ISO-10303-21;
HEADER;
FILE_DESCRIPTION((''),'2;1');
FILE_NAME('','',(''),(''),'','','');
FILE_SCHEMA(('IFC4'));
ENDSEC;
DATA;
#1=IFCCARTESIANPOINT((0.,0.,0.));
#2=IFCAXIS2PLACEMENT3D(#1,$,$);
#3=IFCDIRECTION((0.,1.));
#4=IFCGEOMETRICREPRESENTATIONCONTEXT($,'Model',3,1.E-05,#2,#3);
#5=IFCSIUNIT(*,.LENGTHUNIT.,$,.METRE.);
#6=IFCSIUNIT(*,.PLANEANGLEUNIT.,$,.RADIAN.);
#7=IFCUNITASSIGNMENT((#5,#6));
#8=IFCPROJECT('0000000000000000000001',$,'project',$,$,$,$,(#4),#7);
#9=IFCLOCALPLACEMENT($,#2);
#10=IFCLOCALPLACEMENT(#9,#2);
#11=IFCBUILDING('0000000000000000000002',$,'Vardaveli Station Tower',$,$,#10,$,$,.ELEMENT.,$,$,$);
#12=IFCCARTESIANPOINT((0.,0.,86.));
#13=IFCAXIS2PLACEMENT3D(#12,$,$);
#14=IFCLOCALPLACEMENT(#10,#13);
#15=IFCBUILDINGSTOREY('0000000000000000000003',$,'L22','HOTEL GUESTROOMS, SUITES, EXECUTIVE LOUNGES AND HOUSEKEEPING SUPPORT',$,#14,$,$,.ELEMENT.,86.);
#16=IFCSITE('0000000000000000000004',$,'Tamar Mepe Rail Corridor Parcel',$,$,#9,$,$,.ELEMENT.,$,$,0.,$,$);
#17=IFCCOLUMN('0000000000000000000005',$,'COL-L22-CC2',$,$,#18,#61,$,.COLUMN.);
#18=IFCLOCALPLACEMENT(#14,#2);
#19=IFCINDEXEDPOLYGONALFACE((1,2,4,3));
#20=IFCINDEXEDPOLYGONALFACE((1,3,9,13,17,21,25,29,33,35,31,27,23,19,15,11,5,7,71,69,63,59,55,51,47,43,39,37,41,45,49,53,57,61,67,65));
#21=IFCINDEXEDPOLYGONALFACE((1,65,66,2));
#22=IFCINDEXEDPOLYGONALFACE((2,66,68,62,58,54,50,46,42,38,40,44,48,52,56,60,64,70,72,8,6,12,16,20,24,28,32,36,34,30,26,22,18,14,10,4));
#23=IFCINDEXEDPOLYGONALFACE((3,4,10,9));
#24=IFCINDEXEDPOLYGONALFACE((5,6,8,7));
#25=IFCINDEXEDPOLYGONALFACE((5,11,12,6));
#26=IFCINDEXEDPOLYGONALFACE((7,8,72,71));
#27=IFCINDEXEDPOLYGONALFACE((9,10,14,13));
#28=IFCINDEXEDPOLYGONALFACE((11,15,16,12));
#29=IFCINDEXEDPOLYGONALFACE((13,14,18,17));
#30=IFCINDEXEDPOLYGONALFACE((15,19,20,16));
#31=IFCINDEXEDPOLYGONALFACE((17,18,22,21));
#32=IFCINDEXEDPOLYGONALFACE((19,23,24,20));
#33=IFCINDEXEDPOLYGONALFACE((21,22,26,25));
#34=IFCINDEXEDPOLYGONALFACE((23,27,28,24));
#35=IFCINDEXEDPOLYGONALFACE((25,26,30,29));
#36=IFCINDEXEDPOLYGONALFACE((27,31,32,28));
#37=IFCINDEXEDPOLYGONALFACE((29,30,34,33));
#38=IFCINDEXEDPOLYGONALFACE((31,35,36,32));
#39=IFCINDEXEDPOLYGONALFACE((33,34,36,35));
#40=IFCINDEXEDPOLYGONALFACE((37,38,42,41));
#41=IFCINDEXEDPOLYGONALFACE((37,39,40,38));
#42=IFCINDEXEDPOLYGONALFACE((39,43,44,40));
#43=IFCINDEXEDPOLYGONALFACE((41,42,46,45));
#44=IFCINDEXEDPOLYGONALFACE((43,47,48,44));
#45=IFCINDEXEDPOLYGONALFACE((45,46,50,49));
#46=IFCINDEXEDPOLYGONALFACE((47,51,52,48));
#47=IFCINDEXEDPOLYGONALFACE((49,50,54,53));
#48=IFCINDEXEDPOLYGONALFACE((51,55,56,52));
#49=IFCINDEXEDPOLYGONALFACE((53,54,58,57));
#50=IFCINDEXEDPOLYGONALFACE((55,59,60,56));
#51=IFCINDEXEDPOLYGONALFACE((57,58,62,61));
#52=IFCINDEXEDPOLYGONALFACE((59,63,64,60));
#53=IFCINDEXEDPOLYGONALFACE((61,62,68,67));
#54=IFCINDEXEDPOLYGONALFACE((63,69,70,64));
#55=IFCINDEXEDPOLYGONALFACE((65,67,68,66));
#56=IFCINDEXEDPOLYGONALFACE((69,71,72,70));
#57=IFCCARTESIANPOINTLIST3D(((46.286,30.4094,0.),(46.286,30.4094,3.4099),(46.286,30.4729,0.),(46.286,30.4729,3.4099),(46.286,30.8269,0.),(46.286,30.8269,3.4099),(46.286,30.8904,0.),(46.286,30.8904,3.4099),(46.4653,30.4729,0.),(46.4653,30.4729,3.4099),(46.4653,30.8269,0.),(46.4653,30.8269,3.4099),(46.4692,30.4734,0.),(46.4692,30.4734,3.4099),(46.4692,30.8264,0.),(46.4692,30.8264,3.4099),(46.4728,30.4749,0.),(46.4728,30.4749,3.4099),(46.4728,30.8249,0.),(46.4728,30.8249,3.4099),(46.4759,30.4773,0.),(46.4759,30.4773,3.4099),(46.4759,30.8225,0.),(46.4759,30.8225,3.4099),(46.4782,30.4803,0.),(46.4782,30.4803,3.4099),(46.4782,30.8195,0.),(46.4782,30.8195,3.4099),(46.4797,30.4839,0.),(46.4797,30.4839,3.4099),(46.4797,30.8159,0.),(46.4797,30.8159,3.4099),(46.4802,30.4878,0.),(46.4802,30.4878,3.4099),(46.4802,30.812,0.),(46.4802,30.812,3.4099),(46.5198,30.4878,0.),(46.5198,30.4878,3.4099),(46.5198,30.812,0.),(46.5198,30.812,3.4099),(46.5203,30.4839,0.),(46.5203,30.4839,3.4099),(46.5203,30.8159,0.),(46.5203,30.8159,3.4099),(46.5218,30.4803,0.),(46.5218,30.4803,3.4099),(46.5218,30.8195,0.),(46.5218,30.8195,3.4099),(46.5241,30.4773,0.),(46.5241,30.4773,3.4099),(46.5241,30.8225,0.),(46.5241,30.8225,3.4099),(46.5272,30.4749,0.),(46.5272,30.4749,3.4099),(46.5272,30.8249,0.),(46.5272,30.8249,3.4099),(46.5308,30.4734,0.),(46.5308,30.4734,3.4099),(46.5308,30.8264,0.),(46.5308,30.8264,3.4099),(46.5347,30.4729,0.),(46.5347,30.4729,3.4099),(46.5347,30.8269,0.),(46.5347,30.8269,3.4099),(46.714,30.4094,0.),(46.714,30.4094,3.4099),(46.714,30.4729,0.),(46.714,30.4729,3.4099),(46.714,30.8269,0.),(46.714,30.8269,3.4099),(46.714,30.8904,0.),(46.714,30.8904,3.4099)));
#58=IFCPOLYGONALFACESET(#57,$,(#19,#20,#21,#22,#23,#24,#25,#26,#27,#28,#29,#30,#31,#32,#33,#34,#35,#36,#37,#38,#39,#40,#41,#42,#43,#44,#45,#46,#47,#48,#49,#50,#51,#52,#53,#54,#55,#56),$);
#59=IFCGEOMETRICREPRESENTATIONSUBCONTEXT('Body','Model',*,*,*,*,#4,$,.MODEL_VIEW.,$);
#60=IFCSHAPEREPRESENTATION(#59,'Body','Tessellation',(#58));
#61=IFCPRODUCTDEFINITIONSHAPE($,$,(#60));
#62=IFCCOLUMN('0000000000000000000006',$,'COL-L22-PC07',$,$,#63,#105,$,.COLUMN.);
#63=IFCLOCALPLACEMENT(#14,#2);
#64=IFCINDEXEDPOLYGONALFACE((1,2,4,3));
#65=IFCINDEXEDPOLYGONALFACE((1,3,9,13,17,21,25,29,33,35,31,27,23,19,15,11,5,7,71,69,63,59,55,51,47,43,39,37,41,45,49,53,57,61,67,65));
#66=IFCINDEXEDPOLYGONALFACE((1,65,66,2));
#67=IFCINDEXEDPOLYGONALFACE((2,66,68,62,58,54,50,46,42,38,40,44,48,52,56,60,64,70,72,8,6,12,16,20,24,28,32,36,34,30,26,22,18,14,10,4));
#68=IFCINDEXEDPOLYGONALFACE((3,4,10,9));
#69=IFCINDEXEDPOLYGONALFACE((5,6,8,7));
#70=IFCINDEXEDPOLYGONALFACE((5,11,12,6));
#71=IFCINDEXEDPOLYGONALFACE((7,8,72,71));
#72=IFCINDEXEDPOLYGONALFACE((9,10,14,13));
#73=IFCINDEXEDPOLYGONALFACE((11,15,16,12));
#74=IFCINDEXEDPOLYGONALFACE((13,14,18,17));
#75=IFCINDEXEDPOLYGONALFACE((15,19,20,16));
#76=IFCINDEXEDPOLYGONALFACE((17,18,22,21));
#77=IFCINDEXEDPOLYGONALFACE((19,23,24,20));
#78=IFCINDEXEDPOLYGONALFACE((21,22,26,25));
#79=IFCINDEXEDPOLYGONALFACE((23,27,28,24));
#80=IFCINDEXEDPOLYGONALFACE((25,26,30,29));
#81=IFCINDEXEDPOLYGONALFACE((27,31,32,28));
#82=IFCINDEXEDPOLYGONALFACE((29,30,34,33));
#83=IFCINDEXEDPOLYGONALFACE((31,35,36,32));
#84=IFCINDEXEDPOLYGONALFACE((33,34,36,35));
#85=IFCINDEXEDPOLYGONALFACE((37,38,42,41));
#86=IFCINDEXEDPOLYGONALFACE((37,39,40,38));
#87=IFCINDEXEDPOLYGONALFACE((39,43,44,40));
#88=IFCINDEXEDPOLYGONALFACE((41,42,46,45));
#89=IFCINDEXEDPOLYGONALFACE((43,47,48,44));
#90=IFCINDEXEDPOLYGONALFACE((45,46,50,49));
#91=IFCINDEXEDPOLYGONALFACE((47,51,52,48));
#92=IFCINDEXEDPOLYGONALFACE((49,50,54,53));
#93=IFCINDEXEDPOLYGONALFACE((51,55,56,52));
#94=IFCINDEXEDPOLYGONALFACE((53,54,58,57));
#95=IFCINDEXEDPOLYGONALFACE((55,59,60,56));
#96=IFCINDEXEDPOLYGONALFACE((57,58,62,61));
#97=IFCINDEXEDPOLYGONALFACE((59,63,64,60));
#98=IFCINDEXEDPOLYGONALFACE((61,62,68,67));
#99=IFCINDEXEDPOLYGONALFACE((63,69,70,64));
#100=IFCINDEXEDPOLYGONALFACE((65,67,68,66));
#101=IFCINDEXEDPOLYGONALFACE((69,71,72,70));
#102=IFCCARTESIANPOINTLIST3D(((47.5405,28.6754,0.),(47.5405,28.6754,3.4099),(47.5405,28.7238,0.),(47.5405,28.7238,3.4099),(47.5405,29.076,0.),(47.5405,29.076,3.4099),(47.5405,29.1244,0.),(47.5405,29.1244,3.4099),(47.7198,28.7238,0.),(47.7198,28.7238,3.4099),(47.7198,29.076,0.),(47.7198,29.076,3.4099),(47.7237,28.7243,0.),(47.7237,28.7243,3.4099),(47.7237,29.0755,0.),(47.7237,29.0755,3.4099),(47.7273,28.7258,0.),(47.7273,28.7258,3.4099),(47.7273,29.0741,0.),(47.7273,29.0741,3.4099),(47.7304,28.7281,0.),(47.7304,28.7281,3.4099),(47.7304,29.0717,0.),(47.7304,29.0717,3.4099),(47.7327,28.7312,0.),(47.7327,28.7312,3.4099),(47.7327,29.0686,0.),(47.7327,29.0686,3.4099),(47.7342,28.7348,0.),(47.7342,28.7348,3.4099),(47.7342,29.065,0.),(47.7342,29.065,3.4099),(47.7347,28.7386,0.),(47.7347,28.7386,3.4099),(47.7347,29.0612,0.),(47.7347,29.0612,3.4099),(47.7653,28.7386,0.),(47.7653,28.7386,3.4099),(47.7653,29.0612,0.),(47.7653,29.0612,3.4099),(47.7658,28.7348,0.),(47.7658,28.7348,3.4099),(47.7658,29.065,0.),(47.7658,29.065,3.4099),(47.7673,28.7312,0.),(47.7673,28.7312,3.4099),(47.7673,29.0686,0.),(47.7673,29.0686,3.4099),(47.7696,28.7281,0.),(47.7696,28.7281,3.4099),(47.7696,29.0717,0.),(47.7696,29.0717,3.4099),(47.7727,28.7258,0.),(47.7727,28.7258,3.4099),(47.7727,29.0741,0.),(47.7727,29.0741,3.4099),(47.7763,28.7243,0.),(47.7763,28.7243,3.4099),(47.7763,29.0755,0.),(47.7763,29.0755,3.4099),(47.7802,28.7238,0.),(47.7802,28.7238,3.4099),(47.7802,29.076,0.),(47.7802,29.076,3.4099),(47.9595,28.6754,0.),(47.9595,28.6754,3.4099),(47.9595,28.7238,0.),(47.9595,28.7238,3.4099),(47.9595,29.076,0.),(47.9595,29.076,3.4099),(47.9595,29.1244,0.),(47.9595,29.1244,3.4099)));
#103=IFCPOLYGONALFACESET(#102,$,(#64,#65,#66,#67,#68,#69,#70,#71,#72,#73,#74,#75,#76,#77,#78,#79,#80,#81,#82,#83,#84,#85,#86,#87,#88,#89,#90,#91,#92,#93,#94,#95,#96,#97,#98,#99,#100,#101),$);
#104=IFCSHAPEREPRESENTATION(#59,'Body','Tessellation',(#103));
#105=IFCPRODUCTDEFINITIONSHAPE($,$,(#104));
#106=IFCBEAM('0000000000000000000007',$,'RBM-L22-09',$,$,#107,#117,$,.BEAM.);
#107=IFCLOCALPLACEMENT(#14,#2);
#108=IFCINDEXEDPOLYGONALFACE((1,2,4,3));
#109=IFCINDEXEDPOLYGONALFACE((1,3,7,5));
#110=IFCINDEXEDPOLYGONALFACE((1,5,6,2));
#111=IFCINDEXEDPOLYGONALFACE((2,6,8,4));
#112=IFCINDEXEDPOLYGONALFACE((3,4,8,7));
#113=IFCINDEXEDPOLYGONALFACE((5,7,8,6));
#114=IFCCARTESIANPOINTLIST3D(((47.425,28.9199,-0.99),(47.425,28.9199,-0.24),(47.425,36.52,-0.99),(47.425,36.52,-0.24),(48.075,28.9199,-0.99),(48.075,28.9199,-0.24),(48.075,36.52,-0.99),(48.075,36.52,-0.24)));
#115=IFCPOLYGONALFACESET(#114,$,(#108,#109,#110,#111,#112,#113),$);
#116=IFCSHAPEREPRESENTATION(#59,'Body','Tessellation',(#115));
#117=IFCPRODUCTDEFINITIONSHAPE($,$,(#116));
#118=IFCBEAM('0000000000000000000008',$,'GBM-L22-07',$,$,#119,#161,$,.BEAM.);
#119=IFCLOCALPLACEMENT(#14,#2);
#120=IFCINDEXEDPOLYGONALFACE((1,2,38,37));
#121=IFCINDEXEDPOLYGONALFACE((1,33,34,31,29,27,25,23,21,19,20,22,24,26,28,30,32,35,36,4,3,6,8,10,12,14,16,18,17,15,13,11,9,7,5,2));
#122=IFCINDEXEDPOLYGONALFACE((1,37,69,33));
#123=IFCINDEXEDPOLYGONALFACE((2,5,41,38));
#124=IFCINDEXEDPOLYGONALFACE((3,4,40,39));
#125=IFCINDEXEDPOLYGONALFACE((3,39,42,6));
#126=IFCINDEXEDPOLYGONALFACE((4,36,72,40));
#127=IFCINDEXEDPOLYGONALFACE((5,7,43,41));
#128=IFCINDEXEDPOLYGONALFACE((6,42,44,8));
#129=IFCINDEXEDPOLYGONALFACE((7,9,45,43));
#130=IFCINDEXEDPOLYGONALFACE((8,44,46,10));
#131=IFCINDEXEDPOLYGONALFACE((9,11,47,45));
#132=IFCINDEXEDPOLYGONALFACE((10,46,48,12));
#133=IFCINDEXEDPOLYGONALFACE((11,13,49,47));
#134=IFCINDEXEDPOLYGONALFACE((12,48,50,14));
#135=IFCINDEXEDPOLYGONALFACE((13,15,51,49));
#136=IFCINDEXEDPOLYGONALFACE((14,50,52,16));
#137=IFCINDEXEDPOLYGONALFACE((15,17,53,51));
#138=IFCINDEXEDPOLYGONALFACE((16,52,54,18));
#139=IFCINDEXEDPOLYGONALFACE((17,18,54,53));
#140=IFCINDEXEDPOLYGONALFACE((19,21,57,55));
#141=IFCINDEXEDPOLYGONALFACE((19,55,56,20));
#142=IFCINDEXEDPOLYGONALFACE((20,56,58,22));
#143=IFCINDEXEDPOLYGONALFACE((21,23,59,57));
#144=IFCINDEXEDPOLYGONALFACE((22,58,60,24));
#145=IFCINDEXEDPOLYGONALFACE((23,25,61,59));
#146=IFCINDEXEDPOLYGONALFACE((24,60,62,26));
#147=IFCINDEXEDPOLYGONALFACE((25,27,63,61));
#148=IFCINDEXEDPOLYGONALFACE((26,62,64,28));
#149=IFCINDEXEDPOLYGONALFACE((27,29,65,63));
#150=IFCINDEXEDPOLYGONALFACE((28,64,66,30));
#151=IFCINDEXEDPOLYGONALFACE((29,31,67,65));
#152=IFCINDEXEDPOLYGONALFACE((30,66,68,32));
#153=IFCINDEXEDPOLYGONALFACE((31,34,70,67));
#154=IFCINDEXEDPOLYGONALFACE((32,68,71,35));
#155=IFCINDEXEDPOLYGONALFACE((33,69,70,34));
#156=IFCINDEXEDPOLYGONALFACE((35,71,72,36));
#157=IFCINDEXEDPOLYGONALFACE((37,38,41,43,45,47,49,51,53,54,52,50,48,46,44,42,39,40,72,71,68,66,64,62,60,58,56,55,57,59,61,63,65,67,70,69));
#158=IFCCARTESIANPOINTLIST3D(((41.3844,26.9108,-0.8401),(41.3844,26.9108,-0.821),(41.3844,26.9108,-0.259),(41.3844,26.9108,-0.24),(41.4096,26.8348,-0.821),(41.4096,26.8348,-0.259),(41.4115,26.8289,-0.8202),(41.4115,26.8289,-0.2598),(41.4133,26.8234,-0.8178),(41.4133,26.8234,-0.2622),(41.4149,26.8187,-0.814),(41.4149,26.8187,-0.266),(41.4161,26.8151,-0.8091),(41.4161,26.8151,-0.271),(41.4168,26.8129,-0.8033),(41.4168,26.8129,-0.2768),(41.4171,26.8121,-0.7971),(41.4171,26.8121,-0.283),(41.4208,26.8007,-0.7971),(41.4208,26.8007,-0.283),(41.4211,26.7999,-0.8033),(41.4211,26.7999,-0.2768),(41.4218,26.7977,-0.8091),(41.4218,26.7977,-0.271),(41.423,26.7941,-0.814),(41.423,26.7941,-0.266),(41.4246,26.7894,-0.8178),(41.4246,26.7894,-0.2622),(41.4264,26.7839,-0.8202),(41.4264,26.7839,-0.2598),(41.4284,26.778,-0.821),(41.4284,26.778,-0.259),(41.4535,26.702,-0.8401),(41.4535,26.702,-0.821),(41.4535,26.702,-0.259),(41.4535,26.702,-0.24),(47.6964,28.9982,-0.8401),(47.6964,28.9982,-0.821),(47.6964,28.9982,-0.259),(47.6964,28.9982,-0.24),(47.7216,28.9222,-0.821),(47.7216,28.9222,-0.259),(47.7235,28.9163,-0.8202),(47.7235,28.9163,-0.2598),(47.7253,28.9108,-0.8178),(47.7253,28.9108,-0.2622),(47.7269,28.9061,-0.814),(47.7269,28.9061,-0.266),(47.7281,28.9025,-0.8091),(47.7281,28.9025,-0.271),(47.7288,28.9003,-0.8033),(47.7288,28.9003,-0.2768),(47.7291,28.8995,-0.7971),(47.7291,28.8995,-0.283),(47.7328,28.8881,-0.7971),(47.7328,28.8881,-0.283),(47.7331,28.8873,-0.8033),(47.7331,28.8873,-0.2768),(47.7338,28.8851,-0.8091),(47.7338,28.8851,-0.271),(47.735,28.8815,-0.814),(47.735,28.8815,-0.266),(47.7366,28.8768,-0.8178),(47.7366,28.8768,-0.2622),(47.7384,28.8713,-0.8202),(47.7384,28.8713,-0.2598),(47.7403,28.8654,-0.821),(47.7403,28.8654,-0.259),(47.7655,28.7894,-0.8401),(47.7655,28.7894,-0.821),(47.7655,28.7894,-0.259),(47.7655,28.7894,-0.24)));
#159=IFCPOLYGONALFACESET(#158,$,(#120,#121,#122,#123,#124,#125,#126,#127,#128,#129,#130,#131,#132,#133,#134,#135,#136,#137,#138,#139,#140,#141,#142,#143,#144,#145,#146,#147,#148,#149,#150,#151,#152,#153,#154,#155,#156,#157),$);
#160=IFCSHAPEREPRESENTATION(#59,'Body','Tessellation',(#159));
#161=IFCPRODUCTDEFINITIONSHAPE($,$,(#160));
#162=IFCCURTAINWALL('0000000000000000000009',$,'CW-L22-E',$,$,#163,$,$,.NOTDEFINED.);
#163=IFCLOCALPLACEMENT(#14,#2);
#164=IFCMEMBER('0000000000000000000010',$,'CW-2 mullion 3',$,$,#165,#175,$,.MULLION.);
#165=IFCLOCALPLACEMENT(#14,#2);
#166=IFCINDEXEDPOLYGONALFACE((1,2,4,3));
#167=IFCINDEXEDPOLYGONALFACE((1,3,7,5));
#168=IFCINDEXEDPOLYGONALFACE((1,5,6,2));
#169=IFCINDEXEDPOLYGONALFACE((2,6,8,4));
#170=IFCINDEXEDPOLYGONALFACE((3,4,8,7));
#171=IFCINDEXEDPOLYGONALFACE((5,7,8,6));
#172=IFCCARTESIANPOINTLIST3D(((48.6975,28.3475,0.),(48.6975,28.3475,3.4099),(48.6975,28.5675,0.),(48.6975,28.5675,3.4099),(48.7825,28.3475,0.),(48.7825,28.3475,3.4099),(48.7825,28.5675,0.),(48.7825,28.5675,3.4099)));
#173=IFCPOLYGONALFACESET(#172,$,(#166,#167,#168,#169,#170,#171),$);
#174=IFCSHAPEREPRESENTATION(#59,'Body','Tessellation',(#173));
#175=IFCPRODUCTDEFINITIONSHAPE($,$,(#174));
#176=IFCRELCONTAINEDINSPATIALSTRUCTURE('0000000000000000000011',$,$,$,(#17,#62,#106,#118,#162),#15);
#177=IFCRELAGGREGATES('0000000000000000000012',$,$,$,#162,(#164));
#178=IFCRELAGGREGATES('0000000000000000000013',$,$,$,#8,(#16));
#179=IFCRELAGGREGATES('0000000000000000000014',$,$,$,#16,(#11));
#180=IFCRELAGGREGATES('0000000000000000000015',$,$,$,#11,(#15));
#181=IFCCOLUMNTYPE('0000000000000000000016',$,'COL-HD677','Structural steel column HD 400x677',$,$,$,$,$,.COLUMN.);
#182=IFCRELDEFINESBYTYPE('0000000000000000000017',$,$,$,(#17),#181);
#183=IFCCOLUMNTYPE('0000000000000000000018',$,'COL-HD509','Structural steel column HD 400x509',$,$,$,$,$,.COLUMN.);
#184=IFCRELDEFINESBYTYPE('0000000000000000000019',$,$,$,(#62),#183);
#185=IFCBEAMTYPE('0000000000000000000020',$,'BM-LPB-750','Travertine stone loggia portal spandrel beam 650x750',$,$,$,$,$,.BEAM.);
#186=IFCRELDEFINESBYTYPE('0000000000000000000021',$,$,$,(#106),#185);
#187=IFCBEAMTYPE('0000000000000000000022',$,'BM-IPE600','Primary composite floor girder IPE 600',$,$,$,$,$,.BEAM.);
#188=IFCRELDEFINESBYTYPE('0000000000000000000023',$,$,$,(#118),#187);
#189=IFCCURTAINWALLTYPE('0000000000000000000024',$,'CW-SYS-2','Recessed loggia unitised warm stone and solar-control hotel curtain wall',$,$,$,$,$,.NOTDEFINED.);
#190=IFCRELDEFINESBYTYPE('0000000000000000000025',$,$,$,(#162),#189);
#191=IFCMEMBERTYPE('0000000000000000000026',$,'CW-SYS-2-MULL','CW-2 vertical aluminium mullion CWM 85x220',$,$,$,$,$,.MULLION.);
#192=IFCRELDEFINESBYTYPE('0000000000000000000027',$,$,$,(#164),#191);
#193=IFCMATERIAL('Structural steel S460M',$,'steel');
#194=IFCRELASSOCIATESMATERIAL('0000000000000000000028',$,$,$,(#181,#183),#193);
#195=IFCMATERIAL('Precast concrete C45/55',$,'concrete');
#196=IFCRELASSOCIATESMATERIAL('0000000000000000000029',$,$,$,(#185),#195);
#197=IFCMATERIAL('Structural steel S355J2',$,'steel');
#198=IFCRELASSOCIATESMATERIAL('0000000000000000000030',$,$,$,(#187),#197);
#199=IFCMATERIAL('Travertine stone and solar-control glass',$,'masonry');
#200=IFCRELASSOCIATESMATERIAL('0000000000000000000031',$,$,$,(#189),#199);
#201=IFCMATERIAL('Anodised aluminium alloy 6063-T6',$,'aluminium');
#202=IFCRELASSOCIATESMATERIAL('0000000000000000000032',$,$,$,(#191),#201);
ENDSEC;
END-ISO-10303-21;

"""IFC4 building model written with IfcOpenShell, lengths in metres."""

from ifc_helpers import new_model, si_unit, direction, frame, origin, origin_2d, place, context, subcontext, project, spatial, rectangle, i_section, extrude, source, transform, mapped, material, material_profile, profile_set, type_object, element, aggregate, save


model = new_model("IFC4")

# Units and contexts
model_context = context("Model", 3, precision=1e-05, world=origin(), true_north=direction((0.0, 1.0)))
body_context = subcontext(model_context, "Body", "Model", "MODEL_VIEW")
ifc_project = project(units=[si_unit("LENGTHUNIT", "METRE"), si_unit("PLANEANGLEUNIT", "RADIAN")], contexts=[model_context])

# Site, building, storey
site_placement = place(None, origin())
site = spatial("IfcSite", under=ifc_project, at=site_placement, Name="Tamar Mepe Rail Corridor Parcel", CompositionType="ELEMENT", RefElevation=0.0)
building_placement = place(site_placement, origin())
building = spatial("IfcBuilding", under=site, at=building_placement, Name="Vardaveli Station Tower", CompositionType="ELEMENT")
storey_placement = place(building_placement, frame((0.0, 0.0, 86.0)))
storey = spatial("IfcBuildingStorey", under=building, at=storey_placement, Name="L22", Description="HOTEL GUESTROOMS, SUITES, EXECUTIVE LOUNGES AND HOUSEKEEPING SUPPORT", CompositionType="ELEMENT", Elevation=86.0)

# Columns
ifc_material_1 = material(Name="Structural steel S460M", Category="steel")
ifc_material_profile_1 = material_profile(ifc_material_1, i_section(OverallWidth=0.428, OverallDepth=0.481, WebThickness=0.0396, FlangeThickness=0.0635, FilletRadius=0.0149, at=origin_2d()), Name="HD 400x677")
ifc_profile_set_1 = profile_set([ifc_material_profile_1], Name="Structural steel S460M")
column_type_1 = type_object("IfcColumnType", Name="COL-HD677", Description="Structural steel column HD 400x677", PredefinedType="COLUMN", material=ifc_profile_set_1)
shared_shape_1 = source(origin(), body_context, "Body", "SweptSolid", [
    extrude(i_section(OverallWidth=0.428, OverallDepth=0.481, WebThickness=0.0396, FlangeThickness=0.0635, FilletRadius=0.0149, at=origin_2d()), origin(), (0.0, 0.0, 1.0), 3.4099),
])
column_1_placement = place(storey_placement, frame((46.5, 30.6499, 0.0), z_axis=(0.0, 0.0, 1.0), x_axis=(1.0, 0.0, 0.0)))
element("IfcColumn", 1, at=column_1_placement, inside=storey, type_object=column_type_1, Name="COL-L22-CC2", PredefinedType="COLUMN", context=body_context, shape_type="MappedRepresentation", body=[
    mapped(shared_shape_1, transform((0.0, 0.0, 0.0), scale=1.0)),
])
ifc_material_profile_2 = material_profile(ifc_material_1, i_section(OverallWidth=0.4189, OverallDepth=0.449, WebThickness=0.0305, FlangeThickness=0.0483, FilletRadius=0.0149, at=origin_2d()), Name="HD 400x509")
ifc_profile_set_2 = profile_set([ifc_material_profile_2], Name="Structural steel S460M")
column_type_2 = type_object("IfcColumnType", Name="COL-HD509", Description="Structural steel column HD 400x509", PredefinedType="COLUMN", material=ifc_profile_set_2)
shared_shape_2 = source(origin(), body_context, "Body", "SweptSolid", [
    extrude(i_section(OverallWidth=0.4189, OverallDepth=0.449, WebThickness=0.0305, FlangeThickness=0.0483, FilletRadius=0.0149, at=origin_2d()), origin(), (0.0, 0.0, 1.0), 3.4099),
])
column_2_placement = place(storey_placement, frame((47.75, 28.8999, 0.0), z_axis=(0.0, 0.0, 1.0), x_axis=(1.0, 0.0, 0.0)))
element("IfcColumn", 2, at=column_2_placement, inside=storey, type_object=column_type_2, Name="COL-L22-PC07", PredefinedType="COLUMN", context=body_context, shape_type="MappedRepresentation", body=[
    mapped(shared_shape_2, transform((0.0, 0.0, 0.0), scale=1.0)),
])

# Beams
ifc_material_2 = material(Name="Precast concrete C45/55", Category="concrete")
ifc_material_profile_3 = material_profile(ifc_material_2, rectangle(XDim=0.6499, YDim=0.75, at=origin_2d()), Name="LPB 650x750")
ifc_profile_set_3 = profile_set([ifc_material_profile_3], Name="Precast concrete C45/55")
beam_type_1 = type_object("IfcBeamType", Name="BM-LPB-750", Description="Travertine stone loggia portal spandrel beam 650x750", PredefinedType="BEAM", material=ifc_profile_set_3)
shared_shape_3 = source(origin(), body_context, "Body", "SweptSolid", [
    extrude(rectangle(XDim=0.6499, YDim=0.75, at=origin_2d()), origin(), (0.0, 0.0, 1.0), 7.6001),
])
beam_1_placement = place(storey_placement, frame((47.75, 28.9199, -0.615), z_axis=(0.0, 1.0, 0.0), x_axis=(-1.0, 0.0, 0.0)))
element("IfcBeam", 3, at=beam_1_placement, inside=storey, type_object=beam_type_1, Name="RBM-L22-09", PredefinedType="BEAM", context=body_context, shape_type="MappedRepresentation", body=[
    mapped(shared_shape_3, transform((0.0, 0.0, 0.0), scale=1.0)),
])
ifc_material_3 = material(Name="Structural steel S355J2", Category="steel")
ifc_material_profile_4 = material_profile(ifc_material_3, i_section(OverallWidth=0.22, OverallDepth=0.6001, WebThickness=0.012, FlangeThickness=0.019, FilletRadius=0.0239, at=origin_2d()), Name="IPE 600")
ifc_profile_set_4 = profile_set([ifc_material_profile_4], Name="Structural steel S355J2")
beam_type_2 = type_object("IfcBeamType", Name="BM-IPE600", Description="Primary composite floor girder IPE 600", PredefinedType="BEAM", material=ifc_profile_set_4)
shared_shape_4 = source(origin(), body_context, "Body", "SweptSolid", [
    extrude(i_section(OverallWidth=0.22, OverallDepth=0.6001, WebThickness=0.012, FlangeThickness=0.019, FilletRadius=0.0239, at=origin_2d()), origin(), (0.0, 0.0, 1.0), 6.6482),
])
beam_2_placement = place(storey_placement, frame((47.731, 28.8938, -0.54), z_axis=(-0.94943, -0.313979, 0.0), x_axis=(0.313979, -0.94943, 0.0)))
element("IfcBeam", 4, at=beam_2_placement, inside=storey, type_object=beam_type_2, Name="GBM-L22-07", PredefinedType="BEAM", context=body_context, shape_type="MappedRepresentation", body=[
    mapped(shared_shape_4, transform((0.0, 0.0, 0.0), scale=1.0)),
])

# Curtain wall, member
ifc_material_4 = material(Name="Travertine stone and solar-control glass", Category="masonry")
curtain_wall_type = type_object("IfcCurtainWallType", Name="CW-SYS-2", Description="Recessed loggia unitised warm stone and solar-control hotel curtain wall", PredefinedType="NOTDEFINED", material=ifc_material_4)
curtain_wall_placement = place(storey_placement, origin())
curtain_wall = element("IfcCurtainWall", 5, at=curtain_wall_placement, inside=storey, type_object=curtain_wall_type, Name="CW-L22-E", PredefinedType="NOTDEFINED")
ifc_material_5 = material(Name="Anodised aluminium alloy 6063-T6", Category="aluminium")
ifc_material_profile_5 = material_profile(ifc_material_5, rectangle(XDim=0.085, YDim=0.22, at=origin_2d()), Name="CWM 85x220")
ifc_profile_set_5 = profile_set([ifc_material_profile_5], Name="Anodised aluminium alloy 6063-T6")
member_type = type_object("IfcMemberType", Name="CW-SYS-2-MULL", Description="CW-2 vertical aluminium mullion CWM 85x220", PredefinedType="MULLION", material=ifc_profile_set_5)
shared_shape_5 = source(origin(), body_context, "Body", "SweptSolid", [
    extrude(rectangle(XDim=0.085, YDim=0.22, at=origin_2d()), origin(), (0.0, 0.0, 1.0), 3.4099),
])
member_placement = place(storey_placement, frame((48.74, 28.4575, 0.0), z_axis=(0.0, 0.0, 1.0), x_axis=(-1.0, 0.0, 0.0)))
member = element("IfcMember", 6, at=member_placement, type_object=member_type, Name="CW-2 mullion 3", PredefinedType="MULLION", context=body_context, shape_type="MappedRepresentation", body=[
    mapped(shared_shape_5, transform((0.0, 0.0, 0.0), scale=1.0)),
])
aggregate(curtain_wall, [member])

save(model, "model.ifc")
